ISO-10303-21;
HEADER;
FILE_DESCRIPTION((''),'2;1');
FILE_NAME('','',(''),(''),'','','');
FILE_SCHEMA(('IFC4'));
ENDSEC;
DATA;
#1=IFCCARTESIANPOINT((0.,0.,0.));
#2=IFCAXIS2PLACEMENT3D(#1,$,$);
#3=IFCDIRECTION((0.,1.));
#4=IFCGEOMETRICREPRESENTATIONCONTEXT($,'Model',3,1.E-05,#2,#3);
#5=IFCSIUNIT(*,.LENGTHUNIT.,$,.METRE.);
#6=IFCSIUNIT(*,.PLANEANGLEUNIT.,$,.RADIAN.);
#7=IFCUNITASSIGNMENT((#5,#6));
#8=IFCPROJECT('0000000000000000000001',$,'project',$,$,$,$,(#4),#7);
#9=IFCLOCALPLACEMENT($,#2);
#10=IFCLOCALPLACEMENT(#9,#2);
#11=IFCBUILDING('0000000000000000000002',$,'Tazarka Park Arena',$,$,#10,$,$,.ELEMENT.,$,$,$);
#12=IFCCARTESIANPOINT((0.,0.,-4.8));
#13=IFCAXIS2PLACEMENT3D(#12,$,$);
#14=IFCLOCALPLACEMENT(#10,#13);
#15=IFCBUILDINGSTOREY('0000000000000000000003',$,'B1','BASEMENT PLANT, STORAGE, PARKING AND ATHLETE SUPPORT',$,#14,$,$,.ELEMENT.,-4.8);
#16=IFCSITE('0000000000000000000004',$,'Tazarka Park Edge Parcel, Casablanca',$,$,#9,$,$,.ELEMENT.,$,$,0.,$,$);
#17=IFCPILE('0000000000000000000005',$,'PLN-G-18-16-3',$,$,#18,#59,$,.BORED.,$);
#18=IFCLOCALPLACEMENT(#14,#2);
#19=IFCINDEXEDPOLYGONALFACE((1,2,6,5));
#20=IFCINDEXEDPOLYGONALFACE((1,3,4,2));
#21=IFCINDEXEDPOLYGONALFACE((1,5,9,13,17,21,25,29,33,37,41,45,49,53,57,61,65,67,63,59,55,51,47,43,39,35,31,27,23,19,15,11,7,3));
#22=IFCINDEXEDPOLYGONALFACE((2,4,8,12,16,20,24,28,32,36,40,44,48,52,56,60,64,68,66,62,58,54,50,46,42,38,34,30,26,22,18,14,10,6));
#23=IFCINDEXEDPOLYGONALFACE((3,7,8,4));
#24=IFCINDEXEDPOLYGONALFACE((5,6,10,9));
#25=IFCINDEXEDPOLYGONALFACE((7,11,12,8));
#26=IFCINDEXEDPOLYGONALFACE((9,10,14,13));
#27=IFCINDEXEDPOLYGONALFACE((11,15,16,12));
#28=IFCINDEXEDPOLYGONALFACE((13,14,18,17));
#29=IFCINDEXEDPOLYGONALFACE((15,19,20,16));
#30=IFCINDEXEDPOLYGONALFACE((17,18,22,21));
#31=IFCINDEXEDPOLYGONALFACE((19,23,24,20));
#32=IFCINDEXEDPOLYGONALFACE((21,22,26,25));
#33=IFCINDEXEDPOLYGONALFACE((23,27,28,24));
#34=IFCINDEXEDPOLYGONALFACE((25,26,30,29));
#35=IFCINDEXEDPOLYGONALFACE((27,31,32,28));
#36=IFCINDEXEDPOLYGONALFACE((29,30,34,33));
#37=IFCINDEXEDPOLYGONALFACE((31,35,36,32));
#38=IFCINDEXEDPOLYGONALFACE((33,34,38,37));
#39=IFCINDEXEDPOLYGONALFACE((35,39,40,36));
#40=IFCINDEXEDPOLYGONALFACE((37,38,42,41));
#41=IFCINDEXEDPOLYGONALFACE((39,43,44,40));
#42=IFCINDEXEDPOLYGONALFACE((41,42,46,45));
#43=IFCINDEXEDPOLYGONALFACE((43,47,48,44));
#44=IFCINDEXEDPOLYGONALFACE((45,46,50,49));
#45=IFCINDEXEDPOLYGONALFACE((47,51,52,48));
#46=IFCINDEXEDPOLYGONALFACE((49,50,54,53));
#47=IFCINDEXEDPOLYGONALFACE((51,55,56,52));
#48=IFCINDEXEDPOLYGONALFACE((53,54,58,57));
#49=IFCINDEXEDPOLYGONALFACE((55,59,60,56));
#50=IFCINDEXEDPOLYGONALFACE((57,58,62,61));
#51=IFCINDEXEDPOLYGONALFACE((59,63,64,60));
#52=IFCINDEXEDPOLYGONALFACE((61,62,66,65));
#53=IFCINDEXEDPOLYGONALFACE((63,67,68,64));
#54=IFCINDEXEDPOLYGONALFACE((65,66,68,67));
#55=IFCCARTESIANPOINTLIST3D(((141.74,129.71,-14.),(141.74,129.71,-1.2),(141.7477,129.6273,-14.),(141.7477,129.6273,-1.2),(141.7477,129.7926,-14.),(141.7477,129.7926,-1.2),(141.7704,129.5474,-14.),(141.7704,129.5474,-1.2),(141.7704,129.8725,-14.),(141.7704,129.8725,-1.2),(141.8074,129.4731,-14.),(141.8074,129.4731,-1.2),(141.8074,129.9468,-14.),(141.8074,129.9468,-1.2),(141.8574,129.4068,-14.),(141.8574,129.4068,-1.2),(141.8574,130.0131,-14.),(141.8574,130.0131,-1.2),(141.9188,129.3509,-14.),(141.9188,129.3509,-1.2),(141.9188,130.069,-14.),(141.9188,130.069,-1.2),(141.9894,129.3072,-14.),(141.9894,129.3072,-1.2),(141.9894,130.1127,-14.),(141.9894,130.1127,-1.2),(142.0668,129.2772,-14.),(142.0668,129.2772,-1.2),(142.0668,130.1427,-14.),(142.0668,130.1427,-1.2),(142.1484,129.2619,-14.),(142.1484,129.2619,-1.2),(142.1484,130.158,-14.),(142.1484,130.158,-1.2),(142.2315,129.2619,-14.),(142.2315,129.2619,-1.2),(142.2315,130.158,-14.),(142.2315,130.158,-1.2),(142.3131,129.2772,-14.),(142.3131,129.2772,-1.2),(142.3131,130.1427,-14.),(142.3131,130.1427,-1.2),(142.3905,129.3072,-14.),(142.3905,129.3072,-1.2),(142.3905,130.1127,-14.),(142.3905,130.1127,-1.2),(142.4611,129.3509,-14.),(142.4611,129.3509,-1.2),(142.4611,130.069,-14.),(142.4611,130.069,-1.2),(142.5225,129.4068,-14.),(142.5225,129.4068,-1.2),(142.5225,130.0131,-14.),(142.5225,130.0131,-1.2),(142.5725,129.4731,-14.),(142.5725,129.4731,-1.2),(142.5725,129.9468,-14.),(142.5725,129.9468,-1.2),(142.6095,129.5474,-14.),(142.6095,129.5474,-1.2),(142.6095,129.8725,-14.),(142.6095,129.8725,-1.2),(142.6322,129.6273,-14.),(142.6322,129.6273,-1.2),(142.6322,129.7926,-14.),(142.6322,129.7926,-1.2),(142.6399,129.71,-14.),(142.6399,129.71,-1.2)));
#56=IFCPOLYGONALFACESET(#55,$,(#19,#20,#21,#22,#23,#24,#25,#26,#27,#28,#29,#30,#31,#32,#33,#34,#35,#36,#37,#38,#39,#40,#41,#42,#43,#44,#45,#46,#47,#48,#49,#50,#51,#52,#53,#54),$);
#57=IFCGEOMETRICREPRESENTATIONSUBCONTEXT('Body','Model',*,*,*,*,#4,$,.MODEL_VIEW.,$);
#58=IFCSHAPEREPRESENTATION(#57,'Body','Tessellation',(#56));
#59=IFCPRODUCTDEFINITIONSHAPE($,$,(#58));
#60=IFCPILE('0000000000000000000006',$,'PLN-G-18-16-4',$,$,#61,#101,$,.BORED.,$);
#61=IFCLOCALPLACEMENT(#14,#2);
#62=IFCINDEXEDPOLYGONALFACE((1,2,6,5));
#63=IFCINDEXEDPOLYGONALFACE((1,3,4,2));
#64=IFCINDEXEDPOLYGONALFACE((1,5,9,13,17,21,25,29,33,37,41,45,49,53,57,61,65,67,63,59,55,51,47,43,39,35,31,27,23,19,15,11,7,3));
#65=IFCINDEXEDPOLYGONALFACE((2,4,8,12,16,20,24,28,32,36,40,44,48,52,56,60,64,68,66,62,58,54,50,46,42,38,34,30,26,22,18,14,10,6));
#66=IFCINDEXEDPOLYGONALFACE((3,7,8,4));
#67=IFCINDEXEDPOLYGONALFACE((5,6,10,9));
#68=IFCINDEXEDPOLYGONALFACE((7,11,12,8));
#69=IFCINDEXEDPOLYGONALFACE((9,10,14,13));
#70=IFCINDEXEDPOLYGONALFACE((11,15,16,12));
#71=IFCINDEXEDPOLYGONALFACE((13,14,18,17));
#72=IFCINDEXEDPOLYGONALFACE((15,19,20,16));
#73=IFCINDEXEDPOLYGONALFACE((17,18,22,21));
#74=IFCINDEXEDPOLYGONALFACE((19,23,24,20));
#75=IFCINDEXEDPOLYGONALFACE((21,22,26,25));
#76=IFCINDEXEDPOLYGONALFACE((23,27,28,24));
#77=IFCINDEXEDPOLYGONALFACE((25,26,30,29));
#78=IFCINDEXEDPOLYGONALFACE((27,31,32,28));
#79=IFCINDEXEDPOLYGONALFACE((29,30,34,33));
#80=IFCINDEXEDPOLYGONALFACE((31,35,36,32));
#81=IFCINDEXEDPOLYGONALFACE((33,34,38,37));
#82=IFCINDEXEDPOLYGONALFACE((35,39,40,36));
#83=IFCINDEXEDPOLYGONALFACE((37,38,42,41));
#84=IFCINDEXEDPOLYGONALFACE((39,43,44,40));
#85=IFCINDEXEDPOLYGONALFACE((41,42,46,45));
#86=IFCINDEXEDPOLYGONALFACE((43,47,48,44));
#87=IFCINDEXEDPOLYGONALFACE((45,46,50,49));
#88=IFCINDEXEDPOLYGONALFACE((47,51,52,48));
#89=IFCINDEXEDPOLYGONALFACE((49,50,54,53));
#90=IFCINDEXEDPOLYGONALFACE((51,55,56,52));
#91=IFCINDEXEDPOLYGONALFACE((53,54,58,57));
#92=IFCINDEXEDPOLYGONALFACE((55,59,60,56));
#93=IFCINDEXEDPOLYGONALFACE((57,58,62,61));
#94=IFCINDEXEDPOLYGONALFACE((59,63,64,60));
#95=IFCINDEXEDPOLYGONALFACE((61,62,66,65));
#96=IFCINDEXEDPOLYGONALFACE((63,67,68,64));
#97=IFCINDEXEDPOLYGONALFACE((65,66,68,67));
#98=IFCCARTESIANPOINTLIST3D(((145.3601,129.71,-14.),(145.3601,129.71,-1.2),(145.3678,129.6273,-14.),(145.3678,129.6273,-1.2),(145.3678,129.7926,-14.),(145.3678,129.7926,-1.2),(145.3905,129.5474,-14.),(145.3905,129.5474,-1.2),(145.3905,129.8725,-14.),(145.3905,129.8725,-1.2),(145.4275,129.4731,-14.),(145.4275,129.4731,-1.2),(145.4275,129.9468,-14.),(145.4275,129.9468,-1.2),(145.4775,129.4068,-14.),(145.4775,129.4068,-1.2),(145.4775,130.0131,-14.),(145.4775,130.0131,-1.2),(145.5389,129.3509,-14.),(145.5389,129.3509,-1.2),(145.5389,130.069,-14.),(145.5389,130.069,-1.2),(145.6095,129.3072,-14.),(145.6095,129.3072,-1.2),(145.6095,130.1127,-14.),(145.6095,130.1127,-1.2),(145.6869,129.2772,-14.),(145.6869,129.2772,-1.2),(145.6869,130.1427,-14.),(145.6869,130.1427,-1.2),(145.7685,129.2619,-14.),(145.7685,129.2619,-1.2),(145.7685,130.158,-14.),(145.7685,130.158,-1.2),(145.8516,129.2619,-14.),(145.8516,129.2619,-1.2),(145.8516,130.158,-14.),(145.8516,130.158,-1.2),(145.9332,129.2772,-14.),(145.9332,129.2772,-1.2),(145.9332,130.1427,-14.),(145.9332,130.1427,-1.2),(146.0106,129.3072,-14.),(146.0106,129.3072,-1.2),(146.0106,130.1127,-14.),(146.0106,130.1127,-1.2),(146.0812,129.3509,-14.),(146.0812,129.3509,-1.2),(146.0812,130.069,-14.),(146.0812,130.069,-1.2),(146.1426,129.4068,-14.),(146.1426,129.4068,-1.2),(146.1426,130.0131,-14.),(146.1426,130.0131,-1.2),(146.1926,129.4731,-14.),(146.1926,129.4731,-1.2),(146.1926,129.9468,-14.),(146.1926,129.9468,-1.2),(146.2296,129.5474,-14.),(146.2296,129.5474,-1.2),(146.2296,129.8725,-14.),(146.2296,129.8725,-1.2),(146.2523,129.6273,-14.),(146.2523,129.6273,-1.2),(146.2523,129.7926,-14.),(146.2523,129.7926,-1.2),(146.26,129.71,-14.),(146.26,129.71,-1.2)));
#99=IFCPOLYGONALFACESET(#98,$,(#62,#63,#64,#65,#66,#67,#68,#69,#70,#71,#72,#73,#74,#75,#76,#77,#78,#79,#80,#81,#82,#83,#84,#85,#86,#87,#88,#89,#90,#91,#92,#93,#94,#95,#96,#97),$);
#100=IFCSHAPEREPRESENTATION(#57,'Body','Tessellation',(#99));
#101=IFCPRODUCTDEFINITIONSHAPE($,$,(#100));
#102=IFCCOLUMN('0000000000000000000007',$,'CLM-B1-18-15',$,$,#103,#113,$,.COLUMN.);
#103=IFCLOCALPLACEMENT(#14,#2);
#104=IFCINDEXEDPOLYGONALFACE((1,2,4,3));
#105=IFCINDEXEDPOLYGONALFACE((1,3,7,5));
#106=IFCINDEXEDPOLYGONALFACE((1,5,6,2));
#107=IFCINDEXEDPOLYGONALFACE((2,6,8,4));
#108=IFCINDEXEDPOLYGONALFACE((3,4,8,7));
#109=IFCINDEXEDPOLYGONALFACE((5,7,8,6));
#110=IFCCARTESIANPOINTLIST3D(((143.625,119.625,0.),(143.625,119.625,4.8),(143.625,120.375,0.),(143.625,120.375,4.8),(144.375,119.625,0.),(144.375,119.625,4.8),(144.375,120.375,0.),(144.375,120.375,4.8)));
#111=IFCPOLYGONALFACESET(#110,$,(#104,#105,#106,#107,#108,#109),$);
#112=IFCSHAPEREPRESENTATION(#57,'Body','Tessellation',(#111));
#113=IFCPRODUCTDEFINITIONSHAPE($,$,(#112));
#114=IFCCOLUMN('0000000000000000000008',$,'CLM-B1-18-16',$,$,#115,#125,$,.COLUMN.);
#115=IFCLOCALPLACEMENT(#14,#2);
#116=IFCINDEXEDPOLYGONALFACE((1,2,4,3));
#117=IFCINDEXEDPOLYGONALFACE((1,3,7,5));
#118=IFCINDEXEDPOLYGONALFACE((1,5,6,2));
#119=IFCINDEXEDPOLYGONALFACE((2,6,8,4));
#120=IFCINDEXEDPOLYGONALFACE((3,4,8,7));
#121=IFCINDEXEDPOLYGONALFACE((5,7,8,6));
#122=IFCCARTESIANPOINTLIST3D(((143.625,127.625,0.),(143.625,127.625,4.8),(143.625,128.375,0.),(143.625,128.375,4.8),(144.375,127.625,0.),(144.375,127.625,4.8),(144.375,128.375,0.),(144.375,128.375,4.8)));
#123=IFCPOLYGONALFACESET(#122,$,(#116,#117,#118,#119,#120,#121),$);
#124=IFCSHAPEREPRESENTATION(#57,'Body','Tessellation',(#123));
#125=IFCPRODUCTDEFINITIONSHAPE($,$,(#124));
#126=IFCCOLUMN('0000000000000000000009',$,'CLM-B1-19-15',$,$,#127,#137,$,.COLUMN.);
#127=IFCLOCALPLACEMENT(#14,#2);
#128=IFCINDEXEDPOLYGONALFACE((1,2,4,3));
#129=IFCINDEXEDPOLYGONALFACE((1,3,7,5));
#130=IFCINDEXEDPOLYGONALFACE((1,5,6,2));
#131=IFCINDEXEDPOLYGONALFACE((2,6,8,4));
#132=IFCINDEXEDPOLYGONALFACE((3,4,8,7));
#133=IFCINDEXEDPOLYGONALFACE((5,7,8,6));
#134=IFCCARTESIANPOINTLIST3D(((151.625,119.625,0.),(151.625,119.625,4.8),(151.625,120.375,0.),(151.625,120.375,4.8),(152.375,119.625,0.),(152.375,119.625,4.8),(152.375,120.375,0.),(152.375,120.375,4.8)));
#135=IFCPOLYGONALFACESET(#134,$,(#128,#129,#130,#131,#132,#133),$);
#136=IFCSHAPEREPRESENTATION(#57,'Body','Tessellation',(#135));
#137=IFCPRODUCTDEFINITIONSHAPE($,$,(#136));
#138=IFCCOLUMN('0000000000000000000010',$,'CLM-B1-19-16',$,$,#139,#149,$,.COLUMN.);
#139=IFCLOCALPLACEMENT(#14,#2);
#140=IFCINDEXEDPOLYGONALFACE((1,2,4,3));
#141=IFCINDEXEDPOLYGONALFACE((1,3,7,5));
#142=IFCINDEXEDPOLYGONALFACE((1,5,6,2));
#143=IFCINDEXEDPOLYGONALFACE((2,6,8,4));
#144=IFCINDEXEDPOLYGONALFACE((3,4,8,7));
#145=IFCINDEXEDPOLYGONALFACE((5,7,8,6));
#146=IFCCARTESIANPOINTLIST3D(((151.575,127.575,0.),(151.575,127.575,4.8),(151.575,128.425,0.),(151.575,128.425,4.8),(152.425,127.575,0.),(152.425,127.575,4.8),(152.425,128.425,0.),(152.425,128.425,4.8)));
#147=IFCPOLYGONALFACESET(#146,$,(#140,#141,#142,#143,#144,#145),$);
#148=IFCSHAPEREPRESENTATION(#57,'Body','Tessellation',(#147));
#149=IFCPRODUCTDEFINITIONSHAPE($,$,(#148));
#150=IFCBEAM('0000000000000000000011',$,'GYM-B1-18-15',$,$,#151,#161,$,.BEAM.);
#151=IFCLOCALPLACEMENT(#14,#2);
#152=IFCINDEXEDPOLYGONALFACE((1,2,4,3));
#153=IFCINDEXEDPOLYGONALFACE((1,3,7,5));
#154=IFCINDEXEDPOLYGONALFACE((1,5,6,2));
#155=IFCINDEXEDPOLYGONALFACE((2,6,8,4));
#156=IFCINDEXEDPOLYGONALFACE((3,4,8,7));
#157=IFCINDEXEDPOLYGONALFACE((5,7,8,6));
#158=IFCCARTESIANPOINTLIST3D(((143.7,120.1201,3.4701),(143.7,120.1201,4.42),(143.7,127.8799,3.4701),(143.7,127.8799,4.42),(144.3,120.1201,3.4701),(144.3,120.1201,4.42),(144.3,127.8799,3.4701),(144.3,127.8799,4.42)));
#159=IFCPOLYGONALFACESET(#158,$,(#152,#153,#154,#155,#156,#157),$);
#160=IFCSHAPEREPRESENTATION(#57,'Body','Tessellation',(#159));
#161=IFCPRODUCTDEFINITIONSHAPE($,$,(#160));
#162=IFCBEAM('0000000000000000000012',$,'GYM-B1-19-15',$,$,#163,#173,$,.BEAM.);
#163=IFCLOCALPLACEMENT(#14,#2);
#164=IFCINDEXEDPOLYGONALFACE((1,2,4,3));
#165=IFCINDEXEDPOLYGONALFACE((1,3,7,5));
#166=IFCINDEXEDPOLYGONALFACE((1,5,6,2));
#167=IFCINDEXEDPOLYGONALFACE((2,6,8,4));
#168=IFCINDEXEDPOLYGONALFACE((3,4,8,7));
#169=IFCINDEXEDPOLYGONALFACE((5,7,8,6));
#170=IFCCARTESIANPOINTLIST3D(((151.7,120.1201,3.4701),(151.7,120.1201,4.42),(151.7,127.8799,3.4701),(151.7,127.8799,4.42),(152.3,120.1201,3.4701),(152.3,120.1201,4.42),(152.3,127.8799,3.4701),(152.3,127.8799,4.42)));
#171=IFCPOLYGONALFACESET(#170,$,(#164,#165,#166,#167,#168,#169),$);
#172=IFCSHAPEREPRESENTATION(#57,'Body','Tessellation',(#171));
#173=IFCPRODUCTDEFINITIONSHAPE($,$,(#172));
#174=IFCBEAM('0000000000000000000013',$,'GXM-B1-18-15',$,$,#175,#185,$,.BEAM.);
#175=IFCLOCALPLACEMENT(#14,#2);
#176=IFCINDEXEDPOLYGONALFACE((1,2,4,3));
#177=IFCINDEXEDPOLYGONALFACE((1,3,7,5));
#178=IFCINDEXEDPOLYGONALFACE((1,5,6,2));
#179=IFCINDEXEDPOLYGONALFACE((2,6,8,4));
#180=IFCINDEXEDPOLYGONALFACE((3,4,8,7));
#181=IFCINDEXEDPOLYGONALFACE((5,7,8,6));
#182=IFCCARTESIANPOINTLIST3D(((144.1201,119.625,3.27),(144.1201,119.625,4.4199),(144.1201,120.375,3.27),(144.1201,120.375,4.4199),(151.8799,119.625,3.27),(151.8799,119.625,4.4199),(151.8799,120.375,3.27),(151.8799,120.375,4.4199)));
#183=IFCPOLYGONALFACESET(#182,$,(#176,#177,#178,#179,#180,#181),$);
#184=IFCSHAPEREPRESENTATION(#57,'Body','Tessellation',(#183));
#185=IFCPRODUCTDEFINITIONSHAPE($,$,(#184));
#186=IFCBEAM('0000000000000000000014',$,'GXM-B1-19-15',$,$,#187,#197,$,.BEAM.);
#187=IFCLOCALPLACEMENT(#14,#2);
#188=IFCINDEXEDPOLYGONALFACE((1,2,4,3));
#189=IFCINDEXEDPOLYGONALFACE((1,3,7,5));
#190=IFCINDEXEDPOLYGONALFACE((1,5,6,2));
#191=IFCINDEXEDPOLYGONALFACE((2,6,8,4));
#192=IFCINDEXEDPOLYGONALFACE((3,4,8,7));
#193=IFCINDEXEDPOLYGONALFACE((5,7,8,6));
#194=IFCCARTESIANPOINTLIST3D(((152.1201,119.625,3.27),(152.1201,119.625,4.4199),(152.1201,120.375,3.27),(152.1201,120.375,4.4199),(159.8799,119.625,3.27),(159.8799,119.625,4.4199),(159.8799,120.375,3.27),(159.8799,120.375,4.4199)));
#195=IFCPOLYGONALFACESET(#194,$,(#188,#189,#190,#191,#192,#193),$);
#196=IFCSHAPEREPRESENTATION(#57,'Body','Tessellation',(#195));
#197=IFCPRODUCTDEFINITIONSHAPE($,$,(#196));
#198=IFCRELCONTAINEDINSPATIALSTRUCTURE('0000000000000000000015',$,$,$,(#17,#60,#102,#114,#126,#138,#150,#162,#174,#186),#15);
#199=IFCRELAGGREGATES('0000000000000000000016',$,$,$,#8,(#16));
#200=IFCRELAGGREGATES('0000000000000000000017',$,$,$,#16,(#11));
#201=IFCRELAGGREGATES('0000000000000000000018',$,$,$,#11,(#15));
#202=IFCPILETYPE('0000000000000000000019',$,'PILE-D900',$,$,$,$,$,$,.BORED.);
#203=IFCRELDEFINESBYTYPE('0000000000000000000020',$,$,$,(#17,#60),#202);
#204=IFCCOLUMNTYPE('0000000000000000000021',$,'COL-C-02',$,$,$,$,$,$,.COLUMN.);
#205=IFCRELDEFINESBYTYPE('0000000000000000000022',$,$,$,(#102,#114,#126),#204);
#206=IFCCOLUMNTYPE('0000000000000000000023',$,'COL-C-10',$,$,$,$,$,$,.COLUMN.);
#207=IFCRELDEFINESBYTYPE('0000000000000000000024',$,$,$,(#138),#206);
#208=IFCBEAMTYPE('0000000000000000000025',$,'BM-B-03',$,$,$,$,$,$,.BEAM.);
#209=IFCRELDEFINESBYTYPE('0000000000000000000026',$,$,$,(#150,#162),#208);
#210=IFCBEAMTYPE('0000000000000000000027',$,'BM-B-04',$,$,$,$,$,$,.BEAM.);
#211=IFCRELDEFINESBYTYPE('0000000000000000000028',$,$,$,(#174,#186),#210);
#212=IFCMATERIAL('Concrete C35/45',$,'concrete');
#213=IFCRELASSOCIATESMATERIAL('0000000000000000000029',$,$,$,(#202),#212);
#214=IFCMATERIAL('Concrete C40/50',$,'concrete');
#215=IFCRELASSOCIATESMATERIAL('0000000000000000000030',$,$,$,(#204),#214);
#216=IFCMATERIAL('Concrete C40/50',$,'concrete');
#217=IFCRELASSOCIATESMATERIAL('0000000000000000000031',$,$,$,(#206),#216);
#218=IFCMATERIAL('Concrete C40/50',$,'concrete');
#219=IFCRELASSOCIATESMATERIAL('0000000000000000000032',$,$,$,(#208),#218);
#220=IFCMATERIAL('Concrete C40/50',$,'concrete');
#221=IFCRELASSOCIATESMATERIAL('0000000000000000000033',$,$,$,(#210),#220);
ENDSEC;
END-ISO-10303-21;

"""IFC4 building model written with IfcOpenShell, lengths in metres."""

from ifc_helpers import new_model, si_unit, direction, frame, origin, origin_2d, place, context, subcontext, project, spatial, rectangle, circle, extrude, material, material_profile, profile_set, type_object, element, save


model = new_model("IFC4")

# Units and contexts
model_context = context("Model", 3, precision=1e-05, world=origin(), true_north=direction((0.0, 1.0)))
body_context = subcontext(model_context, "Body", "Model", "MODEL_VIEW")
ifc_project = project(units=[si_unit("LENGTHUNIT", "METRE"), si_unit("PLANEANGLEUNIT", "RADIAN")], contexts=[model_context])

# Site, building, storey
site_placement = place(None, origin())
site = spatial("IfcSite", under=ifc_project, at=site_placement, Name="Tazarka Park Edge Parcel, Casablanca", CompositionType="ELEMENT", RefElevation=0.0)
building_placement = place(site_placement, origin())
building = spatial("IfcBuilding", under=site, at=building_placement, Name="Tazarka Park Arena", CompositionType="ELEMENT")
storey_placement = place(building_placement, frame((0.0, 0.0, -4.8)))
storey = spatial("IfcBuildingStorey", under=building, at=storey_placement, Name="B1", Description="BASEMENT PLANT, STORAGE, PARKING AND ATHLETE SUPPORT", CompositionType="ELEMENT", Elevation=-4.8)

# Piles
ifc_material_1 = material(Name="Concrete C35/45", Category="concrete")
ifc_material_profile_1 = material_profile(ifc_material_1, circle(Radius=0.45, at=origin_2d()), Name="Concrete C35/45")
ifc_profile_set_1 = profile_set([ifc_material_profile_1], Name="Concrete C35/45")
pile_type = type_object("IfcPileType", Name="PILE-D900", PredefinedType="BORED", material=ifc_profile_set_1)
for number, where, z_axis, x_axis, name in (
    (1, (142.1899, 129.71, -1.2), (0.0, 0.0, -1.0), (1.0, 0.0, 0.0), "PLN-G-18-16-3"),
    (2, (145.8101, 129.71, -1.2), (0.0, 0.0, -1.0), (1.0, 0.0, 0.0), "PLN-G-18-16-4"),
):
    element("IfcPile", number, at=place(storey_placement, frame(where, z_axis=z_axis, x_axis=x_axis)), inside=storey, type_object=pile_type, Name=name, PredefinedType="BORED", context=body_context, shape_type="SweptSolid", body=[
        extrude(circle(Radius=0.45, at=origin_2d()), origin(), (0.0, 0.0, 1.0), 12.8),
    ])

# Columns
ifc_material_2 = material(Name="Concrete C40/50", Category="concrete")
ifc_material_profile_2 = material_profile(ifc_material_2, rectangle(XDim=0.75, YDim=0.75, at=origin_2d()), Name="Concrete C40/50")
ifc_profile_set_2 = profile_set([ifc_material_profile_2], Name="Concrete C40/50")
column_type_1 = type_object("IfcColumnType", Name="COL-C-02", PredefinedType="COLUMN", material=ifc_profile_set_2)
for number, where, z_axis, x_axis, name in (
    (3, (144.0, 120.0, 0.0), (0.0, 0.0, 1.0), (1.0, 0.0, 0.0), "CLM-B1-18-15"),
    (4, (144.0, 128.0, 0.0), (0.0, 0.0, 1.0), (1.0, 0.0, 0.0), "CLM-B1-18-16"),
    (5, (152.0, 120.0, 0.0), (0.0, 0.0, 1.0), (1.0, 0.0, 0.0), "CLM-B1-19-15"),
):
    element("IfcColumn", number, at=place(storey_placement, frame(where, z_axis=z_axis, x_axis=x_axis)), inside=storey, type_object=column_type_1, Name=name, PredefinedType="COLUMN", context=body_context, shape_type="SweptSolid", body=[
        extrude(rectangle(XDim=0.75, YDim=0.75, at=origin_2d()), origin(), (0.0, 0.0, 1.0), 4.8),
    ])
ifc_material_3 = material(Name="Concrete C40/50", Category="concrete")
ifc_material_profile_3 = material_profile(ifc_material_3, rectangle(XDim=0.8501, YDim=0.8501, at=origin_2d()), Name="Concrete C40/50")
ifc_profile_set_3 = profile_set([ifc_material_profile_3], Name="Concrete C40/50")
column_type_2 = type_object("IfcColumnType", Name="COL-C-10", PredefinedType="COLUMN", material=ifc_profile_set_3)
column_placement = place(storey_placement, frame((152.0, 128.0, 0.0), z_axis=(0.0, 0.0, 1.0), x_axis=(1.0, 0.0, 0.0)))
element("IfcColumn", 6, at=column_placement, inside=storey, type_object=column_type_2, Name="CLM-B1-19-16", PredefinedType="COLUMN", context=body_context, shape_type="SweptSolid", body=[
    extrude(rectangle(XDim=0.8501, YDim=0.8501, at=origin_2d()), origin(), (0.0, 0.0, 1.0), 4.8),
])

# Beams
ifc_material_4 = material(Name="Concrete C40/50", Category="concrete")
ifc_material_profile_4 = material_profile(ifc_material_4, rectangle(XDim=0.6001, YDim=0.95, at=origin_2d()), Name="Concrete C40/50")
ifc_profile_set_4 = profile_set([ifc_material_profile_4], Name="Concrete C40/50")
beam_type_1 = type_object("IfcBeamType", Name="BM-B-03", PredefinedType="BEAM", material=ifc_profile_set_4)
for number, where, z_axis, x_axis, name in (
    (7, (144.0, 120.1201, 3.9451), (0.0, 1.0, 0.0), (-1.0, 0.0, 0.0), "GYM-B1-18-15"),
    (8, (152.0, 120.1201, 3.9451), (0.0, 1.0, 0.0), (-1.0, 0.0, 0.0), "GYM-B1-19-15"),
):
    element("IfcBeam", number, at=place(storey_placement, frame(where, z_axis=z_axis, x_axis=x_axis)), inside=storey, type_object=beam_type_1, Name=name, PredefinedType="BEAM", context=body_context, shape_type="SweptSolid", body=[
        extrude(rectangle(XDim=0.6001, YDim=0.95, at=origin_2d()), origin(), (0.0, 0.0, 1.0), 7.7598),
    ])
ifc_material_5 = material(Name="Concrete C40/50", Category="concrete")
ifc_material_profile_5 = material_profile(ifc_material_5, rectangle(XDim=0.75, YDim=1.1499, at=origin_2d()), Name="Concrete C40/50")
ifc_profile_set_5 = profile_set([ifc_material_profile_5], Name="Concrete C40/50")
beam_type_2 = type_object("IfcBeamType", Name="BM-B-04", PredefinedType="BEAM", material=ifc_profile_set_5)
for number, where, z_axis, x_axis, name in (
    (9, (144.1201, 120.0, 3.845), (1.0, 0.0, 0.0), (0.0, 1.0, 0.0), "GXM-B1-18-15"),
    (10, (152.1201, 120.0, 3.845), (1.0, 0.0, 0.0), (0.0, 1.0, 0.0), "GXM-B1-19-15"),
):
    element("IfcBeam", number, at=place(storey_placement, frame(where, z_axis=z_axis, x_axis=x_axis)), inside=storey, type_object=beam_type_2, Name=name, PredefinedType="BEAM", context=body_context, shape_type="SweptSolid", body=[
        extrude(rectangle(XDim=0.75, YDim=1.1499, at=origin_2d()), origin(), (0.0, 0.0, 1.0), 7.7598),
    ])

save(model, "model.ifc")
